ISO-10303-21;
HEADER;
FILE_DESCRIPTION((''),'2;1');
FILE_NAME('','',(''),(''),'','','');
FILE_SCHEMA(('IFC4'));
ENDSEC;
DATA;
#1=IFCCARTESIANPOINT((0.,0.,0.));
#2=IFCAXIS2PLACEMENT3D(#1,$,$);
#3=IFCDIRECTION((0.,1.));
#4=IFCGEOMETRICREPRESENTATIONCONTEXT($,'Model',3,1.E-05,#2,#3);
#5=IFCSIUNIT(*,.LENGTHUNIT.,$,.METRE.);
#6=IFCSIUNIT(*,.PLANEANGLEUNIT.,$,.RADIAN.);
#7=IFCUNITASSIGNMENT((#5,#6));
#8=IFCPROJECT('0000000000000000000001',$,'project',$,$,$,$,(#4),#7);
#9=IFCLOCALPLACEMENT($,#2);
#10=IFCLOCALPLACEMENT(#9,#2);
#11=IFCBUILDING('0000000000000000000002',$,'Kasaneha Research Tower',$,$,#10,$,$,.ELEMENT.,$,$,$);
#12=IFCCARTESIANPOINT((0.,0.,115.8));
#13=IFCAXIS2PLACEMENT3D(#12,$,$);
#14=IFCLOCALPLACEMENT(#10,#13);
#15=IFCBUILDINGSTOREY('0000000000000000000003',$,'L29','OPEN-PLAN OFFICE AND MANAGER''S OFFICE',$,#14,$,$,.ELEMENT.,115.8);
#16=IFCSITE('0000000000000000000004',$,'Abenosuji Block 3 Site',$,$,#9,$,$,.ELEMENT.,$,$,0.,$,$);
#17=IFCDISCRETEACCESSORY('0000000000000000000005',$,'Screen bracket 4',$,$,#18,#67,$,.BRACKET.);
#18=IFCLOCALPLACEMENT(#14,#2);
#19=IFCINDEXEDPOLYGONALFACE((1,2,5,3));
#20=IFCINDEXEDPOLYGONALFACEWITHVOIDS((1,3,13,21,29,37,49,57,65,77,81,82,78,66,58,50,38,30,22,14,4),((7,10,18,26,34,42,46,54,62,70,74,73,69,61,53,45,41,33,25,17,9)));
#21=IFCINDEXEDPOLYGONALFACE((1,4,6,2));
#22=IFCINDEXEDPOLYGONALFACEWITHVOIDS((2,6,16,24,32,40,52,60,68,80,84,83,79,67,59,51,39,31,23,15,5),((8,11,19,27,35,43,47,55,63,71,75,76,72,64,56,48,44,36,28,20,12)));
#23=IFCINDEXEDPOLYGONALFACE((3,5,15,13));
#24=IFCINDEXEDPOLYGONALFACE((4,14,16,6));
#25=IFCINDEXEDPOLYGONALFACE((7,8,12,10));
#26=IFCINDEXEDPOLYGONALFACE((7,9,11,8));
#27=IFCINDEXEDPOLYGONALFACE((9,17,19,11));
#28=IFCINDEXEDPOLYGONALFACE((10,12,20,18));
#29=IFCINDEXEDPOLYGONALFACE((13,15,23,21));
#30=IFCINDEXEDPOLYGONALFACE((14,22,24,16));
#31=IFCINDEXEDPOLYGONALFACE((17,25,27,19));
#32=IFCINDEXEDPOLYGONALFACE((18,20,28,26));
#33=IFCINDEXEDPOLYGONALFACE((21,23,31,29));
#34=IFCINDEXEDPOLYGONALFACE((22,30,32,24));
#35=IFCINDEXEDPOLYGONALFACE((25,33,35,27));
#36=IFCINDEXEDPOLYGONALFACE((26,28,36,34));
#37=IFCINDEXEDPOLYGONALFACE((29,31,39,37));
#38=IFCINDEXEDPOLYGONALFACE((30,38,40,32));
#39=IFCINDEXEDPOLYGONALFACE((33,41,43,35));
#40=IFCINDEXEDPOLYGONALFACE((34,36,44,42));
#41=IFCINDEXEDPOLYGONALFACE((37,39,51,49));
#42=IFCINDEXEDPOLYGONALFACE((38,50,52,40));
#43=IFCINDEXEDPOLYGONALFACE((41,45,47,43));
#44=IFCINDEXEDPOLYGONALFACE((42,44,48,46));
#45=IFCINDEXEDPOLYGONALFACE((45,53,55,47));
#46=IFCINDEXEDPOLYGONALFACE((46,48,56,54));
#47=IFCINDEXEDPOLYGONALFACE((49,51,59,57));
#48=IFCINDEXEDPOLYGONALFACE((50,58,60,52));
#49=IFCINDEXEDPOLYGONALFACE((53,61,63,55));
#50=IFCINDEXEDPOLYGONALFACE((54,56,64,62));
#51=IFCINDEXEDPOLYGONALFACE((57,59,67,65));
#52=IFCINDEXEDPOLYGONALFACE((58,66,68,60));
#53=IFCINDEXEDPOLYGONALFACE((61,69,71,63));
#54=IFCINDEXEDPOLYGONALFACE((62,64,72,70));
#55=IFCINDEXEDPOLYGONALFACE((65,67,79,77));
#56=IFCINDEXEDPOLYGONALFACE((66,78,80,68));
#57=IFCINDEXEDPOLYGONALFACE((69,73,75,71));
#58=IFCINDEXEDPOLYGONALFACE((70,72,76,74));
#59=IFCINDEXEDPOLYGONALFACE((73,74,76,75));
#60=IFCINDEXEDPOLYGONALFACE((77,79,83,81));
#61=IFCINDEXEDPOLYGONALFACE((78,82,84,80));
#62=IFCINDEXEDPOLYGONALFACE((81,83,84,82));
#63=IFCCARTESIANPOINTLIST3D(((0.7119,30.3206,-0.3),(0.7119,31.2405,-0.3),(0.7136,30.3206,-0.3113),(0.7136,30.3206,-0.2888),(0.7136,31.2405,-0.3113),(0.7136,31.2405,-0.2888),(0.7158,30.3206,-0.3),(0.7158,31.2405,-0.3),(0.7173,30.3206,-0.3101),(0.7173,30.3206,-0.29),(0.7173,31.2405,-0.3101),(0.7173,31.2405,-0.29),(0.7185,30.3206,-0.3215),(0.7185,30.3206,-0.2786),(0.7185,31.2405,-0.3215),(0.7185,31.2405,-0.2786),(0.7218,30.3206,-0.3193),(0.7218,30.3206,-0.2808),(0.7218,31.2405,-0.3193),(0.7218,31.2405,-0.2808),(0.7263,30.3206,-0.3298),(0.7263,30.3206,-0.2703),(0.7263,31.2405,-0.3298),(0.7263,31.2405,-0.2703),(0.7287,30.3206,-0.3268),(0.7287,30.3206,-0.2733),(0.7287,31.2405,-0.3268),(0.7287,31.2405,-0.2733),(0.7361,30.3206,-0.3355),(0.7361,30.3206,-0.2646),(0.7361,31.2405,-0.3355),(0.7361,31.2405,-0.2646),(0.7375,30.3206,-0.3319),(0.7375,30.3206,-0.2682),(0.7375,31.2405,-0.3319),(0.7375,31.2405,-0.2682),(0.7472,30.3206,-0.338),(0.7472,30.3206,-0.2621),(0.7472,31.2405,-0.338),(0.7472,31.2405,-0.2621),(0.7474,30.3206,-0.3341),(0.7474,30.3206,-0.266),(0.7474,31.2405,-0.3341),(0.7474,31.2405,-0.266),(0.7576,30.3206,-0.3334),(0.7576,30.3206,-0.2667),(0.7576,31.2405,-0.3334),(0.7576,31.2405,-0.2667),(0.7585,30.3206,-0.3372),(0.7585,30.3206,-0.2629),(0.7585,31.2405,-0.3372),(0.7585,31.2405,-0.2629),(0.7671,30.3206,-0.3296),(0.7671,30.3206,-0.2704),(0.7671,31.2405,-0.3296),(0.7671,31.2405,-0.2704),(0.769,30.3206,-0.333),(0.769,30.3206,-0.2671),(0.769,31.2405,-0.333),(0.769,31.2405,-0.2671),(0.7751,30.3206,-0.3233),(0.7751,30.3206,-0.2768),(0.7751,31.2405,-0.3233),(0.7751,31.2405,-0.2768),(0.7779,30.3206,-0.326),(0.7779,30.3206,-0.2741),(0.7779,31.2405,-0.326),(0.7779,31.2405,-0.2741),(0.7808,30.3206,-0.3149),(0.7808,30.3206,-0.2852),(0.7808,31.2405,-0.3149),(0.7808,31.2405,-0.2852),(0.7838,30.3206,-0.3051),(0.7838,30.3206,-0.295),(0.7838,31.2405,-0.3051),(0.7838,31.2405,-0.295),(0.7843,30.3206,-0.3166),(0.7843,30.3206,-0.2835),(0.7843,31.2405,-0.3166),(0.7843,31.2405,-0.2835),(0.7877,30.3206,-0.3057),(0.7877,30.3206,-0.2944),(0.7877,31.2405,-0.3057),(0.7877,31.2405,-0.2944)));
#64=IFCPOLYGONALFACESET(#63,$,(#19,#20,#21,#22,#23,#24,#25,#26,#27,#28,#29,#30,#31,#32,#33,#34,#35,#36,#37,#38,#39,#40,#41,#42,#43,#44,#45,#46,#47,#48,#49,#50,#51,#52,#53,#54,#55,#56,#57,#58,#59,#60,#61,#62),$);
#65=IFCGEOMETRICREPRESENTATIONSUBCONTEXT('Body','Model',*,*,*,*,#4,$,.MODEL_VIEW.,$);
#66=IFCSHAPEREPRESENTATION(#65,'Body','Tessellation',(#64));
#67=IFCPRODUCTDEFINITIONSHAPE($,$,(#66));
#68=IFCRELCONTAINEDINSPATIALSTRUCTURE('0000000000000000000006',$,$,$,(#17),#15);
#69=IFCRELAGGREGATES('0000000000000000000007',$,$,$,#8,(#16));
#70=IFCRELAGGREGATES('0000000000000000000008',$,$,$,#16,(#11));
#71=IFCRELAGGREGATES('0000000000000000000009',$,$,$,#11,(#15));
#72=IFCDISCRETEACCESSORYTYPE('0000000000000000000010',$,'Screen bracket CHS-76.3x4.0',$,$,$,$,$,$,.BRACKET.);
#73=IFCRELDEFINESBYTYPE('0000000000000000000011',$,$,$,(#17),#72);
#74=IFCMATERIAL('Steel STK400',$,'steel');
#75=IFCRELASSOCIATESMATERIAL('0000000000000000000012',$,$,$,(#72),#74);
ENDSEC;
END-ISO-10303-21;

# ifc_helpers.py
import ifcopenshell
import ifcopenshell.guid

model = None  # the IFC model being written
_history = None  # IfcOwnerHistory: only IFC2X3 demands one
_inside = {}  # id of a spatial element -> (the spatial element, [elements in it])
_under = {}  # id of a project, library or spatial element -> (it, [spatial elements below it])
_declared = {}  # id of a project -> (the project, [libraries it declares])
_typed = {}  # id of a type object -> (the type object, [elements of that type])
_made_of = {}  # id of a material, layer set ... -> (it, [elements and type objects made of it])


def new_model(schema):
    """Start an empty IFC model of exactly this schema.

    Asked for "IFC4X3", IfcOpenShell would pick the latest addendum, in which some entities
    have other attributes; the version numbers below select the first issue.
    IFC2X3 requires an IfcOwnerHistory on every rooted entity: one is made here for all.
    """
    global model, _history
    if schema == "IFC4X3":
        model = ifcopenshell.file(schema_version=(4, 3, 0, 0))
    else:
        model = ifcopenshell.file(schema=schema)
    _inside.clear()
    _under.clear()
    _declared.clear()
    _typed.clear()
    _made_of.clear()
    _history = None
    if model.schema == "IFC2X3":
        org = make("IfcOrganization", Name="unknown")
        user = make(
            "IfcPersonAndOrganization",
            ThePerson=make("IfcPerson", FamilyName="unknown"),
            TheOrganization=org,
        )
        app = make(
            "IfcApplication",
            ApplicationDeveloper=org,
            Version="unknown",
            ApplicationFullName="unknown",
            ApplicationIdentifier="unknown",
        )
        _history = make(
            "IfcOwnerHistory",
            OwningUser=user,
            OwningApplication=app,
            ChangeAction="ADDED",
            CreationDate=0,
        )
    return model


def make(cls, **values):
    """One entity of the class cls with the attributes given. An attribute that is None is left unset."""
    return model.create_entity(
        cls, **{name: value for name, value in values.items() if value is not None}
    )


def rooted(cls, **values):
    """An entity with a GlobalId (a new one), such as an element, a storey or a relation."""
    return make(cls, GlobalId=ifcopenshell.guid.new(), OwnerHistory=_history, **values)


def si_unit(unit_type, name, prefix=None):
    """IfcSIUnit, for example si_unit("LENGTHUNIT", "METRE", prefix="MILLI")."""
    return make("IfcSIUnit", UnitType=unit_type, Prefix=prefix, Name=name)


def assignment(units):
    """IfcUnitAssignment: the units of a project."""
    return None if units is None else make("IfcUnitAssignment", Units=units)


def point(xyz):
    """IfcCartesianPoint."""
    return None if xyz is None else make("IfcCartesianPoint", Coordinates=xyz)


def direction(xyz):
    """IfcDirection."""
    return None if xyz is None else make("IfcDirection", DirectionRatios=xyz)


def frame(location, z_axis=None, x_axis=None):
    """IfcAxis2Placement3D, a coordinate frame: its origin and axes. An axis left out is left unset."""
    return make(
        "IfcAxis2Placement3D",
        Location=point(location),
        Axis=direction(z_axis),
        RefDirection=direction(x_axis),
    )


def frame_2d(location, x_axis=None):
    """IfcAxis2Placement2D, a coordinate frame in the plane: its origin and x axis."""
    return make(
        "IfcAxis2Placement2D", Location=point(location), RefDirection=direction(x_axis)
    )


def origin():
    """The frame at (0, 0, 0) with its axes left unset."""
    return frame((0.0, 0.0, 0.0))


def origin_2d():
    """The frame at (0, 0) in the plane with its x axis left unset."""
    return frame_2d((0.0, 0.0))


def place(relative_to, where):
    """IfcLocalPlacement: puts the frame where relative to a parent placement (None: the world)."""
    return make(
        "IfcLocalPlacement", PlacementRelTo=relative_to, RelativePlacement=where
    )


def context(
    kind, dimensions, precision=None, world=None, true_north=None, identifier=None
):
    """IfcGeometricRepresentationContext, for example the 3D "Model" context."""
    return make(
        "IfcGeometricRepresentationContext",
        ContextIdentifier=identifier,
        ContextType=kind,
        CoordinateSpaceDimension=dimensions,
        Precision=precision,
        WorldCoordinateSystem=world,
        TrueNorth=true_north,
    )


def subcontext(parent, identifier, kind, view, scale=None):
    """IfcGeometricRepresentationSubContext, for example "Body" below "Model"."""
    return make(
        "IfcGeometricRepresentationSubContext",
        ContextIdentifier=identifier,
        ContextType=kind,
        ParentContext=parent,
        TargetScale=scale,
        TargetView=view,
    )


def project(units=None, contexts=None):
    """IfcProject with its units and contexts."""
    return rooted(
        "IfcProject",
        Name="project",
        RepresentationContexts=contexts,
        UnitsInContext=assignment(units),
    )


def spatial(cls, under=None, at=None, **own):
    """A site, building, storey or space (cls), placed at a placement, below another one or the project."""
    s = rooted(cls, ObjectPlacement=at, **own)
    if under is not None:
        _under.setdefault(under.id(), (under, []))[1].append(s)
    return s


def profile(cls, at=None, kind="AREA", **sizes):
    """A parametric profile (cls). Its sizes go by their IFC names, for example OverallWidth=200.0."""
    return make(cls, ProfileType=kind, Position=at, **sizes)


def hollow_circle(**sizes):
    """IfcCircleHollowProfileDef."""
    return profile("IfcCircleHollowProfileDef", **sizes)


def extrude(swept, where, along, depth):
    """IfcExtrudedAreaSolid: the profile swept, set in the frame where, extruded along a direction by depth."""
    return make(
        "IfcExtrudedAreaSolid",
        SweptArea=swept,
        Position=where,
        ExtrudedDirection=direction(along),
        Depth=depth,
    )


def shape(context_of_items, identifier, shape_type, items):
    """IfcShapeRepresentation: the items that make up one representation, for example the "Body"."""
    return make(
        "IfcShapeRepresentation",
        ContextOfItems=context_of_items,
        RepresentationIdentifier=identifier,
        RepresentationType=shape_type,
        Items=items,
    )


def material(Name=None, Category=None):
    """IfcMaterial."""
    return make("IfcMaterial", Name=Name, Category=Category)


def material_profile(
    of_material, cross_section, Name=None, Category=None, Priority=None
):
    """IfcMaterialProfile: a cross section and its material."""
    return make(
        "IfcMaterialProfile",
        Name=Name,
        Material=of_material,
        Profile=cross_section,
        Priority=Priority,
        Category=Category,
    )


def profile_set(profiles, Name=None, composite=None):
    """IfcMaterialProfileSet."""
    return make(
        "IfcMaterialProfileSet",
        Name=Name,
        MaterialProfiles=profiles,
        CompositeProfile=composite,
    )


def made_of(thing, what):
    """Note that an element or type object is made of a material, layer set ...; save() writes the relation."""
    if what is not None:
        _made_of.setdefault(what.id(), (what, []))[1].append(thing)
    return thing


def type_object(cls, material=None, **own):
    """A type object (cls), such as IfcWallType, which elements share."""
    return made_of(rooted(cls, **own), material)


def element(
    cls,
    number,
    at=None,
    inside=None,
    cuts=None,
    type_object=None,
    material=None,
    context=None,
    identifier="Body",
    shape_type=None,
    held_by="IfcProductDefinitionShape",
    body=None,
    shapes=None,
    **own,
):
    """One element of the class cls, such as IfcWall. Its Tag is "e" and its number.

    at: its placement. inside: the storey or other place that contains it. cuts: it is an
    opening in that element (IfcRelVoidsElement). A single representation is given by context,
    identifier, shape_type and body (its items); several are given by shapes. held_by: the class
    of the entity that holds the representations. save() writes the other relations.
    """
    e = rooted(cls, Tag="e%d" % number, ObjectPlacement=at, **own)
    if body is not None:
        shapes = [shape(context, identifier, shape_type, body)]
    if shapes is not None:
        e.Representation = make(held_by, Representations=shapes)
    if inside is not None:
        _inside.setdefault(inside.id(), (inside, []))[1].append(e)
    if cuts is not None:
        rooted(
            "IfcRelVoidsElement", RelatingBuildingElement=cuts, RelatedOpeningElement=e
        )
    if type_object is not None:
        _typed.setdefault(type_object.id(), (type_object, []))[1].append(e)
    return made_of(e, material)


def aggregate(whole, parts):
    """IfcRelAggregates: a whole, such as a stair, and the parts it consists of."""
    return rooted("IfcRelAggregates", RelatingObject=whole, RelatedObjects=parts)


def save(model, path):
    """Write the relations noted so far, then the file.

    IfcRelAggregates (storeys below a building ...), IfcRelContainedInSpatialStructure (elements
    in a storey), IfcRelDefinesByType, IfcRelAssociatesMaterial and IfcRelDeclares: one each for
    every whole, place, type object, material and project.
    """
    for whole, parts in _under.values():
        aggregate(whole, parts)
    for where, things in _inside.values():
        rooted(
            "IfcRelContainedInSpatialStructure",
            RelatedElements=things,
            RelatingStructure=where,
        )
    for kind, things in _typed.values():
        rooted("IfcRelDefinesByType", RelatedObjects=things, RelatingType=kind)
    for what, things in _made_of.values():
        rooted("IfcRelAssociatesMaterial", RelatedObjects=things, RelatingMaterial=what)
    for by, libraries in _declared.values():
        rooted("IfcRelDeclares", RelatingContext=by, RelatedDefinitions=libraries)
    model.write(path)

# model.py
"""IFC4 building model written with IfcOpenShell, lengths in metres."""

from ifc_helpers import new_model, si_unit, direction, frame, origin, origin_2d, place, context, subcontext, project, spatial, hollow_circle, extrude, material, material_profile, profile_set, type_object, element, save


model = new_model("IFC4")

# Units and contexts
model_context = context("Model", 3, precision=1e-05, world=origin(), true_north=direction((0.0, 1.0)))
body_context = subcontext(model_context, "Body", "Model", "MODEL_VIEW")
ifc_project = project(units=[si_unit("LENGTHUNIT", "METRE"), si_unit("PLANEANGLEUNIT", "RADIAN")], contexts=[model_context])

# Site, building, storey
site_placement = place(None, origin())
site = spatial("IfcSite", under=ifc_project, at=site_placement, Name="Abenosuji Block 3 Site", CompositionType="ELEMENT", RefElevation=0.0)
building_placement = place(site_placement, origin())
building = spatial("IfcBuilding", under=site, at=building_placement, Name="Kasaneha Research Tower", CompositionType="ELEMENT")
storey_placement = place(building_placement, frame((0.0, 0.0, 115.8)))
storey = spatial("IfcBuildingStorey", under=building, at=storey_placement, Name="L29", Description="OPEN-PLAN OFFICE AND MANAGER'S OFFICE", CompositionType="ELEMENT", Elevation=115.8)

# Discrete accessory
ifc_material_1 = material(Name="Steel STK400", Category="steel")
ifc_material_profile_1 = material_profile(ifc_material_1, hollow_circle(Radius=0.0381, WallThickness=0.0039, at=origin_2d()), Name="CHS-76.3x4.0")
ifc_profile_set_1 = profile_set([ifc_material_profile_1], Name="Steel STK400")
discrete_accessory_type = type_object("IfcDiscreteAccessoryType", Name="Screen bracket CHS-76.3x4.0", PredefinedType="BRACKET", material=ifc_profile_set_1)
for number, where, z_axis, x_axis, name in (
    (1, (0.75, 30.3206, -0.3), (0.0, 1.0, 0.0), (-1.0, 0.0, 0.0), "Screen bracket 4"),
):
    element("IfcDiscreteAccessory", number, at=place(storey_placement, frame(where, z_axis=z_axis, x_axis=x_axis)), inside=storey, type_object=discrete_accessory_type, Name=name, PredefinedType="BRACKET", context=body_context, shape_type="SweptSolid", body=[
        extrude(hollow_circle(Radius=0.0381, WallThickness=0.0039, at=origin_2d()), origin(), (0.0, 0.0, 1.0), 0.9199),
    ])

save(model, "model.ifc")
